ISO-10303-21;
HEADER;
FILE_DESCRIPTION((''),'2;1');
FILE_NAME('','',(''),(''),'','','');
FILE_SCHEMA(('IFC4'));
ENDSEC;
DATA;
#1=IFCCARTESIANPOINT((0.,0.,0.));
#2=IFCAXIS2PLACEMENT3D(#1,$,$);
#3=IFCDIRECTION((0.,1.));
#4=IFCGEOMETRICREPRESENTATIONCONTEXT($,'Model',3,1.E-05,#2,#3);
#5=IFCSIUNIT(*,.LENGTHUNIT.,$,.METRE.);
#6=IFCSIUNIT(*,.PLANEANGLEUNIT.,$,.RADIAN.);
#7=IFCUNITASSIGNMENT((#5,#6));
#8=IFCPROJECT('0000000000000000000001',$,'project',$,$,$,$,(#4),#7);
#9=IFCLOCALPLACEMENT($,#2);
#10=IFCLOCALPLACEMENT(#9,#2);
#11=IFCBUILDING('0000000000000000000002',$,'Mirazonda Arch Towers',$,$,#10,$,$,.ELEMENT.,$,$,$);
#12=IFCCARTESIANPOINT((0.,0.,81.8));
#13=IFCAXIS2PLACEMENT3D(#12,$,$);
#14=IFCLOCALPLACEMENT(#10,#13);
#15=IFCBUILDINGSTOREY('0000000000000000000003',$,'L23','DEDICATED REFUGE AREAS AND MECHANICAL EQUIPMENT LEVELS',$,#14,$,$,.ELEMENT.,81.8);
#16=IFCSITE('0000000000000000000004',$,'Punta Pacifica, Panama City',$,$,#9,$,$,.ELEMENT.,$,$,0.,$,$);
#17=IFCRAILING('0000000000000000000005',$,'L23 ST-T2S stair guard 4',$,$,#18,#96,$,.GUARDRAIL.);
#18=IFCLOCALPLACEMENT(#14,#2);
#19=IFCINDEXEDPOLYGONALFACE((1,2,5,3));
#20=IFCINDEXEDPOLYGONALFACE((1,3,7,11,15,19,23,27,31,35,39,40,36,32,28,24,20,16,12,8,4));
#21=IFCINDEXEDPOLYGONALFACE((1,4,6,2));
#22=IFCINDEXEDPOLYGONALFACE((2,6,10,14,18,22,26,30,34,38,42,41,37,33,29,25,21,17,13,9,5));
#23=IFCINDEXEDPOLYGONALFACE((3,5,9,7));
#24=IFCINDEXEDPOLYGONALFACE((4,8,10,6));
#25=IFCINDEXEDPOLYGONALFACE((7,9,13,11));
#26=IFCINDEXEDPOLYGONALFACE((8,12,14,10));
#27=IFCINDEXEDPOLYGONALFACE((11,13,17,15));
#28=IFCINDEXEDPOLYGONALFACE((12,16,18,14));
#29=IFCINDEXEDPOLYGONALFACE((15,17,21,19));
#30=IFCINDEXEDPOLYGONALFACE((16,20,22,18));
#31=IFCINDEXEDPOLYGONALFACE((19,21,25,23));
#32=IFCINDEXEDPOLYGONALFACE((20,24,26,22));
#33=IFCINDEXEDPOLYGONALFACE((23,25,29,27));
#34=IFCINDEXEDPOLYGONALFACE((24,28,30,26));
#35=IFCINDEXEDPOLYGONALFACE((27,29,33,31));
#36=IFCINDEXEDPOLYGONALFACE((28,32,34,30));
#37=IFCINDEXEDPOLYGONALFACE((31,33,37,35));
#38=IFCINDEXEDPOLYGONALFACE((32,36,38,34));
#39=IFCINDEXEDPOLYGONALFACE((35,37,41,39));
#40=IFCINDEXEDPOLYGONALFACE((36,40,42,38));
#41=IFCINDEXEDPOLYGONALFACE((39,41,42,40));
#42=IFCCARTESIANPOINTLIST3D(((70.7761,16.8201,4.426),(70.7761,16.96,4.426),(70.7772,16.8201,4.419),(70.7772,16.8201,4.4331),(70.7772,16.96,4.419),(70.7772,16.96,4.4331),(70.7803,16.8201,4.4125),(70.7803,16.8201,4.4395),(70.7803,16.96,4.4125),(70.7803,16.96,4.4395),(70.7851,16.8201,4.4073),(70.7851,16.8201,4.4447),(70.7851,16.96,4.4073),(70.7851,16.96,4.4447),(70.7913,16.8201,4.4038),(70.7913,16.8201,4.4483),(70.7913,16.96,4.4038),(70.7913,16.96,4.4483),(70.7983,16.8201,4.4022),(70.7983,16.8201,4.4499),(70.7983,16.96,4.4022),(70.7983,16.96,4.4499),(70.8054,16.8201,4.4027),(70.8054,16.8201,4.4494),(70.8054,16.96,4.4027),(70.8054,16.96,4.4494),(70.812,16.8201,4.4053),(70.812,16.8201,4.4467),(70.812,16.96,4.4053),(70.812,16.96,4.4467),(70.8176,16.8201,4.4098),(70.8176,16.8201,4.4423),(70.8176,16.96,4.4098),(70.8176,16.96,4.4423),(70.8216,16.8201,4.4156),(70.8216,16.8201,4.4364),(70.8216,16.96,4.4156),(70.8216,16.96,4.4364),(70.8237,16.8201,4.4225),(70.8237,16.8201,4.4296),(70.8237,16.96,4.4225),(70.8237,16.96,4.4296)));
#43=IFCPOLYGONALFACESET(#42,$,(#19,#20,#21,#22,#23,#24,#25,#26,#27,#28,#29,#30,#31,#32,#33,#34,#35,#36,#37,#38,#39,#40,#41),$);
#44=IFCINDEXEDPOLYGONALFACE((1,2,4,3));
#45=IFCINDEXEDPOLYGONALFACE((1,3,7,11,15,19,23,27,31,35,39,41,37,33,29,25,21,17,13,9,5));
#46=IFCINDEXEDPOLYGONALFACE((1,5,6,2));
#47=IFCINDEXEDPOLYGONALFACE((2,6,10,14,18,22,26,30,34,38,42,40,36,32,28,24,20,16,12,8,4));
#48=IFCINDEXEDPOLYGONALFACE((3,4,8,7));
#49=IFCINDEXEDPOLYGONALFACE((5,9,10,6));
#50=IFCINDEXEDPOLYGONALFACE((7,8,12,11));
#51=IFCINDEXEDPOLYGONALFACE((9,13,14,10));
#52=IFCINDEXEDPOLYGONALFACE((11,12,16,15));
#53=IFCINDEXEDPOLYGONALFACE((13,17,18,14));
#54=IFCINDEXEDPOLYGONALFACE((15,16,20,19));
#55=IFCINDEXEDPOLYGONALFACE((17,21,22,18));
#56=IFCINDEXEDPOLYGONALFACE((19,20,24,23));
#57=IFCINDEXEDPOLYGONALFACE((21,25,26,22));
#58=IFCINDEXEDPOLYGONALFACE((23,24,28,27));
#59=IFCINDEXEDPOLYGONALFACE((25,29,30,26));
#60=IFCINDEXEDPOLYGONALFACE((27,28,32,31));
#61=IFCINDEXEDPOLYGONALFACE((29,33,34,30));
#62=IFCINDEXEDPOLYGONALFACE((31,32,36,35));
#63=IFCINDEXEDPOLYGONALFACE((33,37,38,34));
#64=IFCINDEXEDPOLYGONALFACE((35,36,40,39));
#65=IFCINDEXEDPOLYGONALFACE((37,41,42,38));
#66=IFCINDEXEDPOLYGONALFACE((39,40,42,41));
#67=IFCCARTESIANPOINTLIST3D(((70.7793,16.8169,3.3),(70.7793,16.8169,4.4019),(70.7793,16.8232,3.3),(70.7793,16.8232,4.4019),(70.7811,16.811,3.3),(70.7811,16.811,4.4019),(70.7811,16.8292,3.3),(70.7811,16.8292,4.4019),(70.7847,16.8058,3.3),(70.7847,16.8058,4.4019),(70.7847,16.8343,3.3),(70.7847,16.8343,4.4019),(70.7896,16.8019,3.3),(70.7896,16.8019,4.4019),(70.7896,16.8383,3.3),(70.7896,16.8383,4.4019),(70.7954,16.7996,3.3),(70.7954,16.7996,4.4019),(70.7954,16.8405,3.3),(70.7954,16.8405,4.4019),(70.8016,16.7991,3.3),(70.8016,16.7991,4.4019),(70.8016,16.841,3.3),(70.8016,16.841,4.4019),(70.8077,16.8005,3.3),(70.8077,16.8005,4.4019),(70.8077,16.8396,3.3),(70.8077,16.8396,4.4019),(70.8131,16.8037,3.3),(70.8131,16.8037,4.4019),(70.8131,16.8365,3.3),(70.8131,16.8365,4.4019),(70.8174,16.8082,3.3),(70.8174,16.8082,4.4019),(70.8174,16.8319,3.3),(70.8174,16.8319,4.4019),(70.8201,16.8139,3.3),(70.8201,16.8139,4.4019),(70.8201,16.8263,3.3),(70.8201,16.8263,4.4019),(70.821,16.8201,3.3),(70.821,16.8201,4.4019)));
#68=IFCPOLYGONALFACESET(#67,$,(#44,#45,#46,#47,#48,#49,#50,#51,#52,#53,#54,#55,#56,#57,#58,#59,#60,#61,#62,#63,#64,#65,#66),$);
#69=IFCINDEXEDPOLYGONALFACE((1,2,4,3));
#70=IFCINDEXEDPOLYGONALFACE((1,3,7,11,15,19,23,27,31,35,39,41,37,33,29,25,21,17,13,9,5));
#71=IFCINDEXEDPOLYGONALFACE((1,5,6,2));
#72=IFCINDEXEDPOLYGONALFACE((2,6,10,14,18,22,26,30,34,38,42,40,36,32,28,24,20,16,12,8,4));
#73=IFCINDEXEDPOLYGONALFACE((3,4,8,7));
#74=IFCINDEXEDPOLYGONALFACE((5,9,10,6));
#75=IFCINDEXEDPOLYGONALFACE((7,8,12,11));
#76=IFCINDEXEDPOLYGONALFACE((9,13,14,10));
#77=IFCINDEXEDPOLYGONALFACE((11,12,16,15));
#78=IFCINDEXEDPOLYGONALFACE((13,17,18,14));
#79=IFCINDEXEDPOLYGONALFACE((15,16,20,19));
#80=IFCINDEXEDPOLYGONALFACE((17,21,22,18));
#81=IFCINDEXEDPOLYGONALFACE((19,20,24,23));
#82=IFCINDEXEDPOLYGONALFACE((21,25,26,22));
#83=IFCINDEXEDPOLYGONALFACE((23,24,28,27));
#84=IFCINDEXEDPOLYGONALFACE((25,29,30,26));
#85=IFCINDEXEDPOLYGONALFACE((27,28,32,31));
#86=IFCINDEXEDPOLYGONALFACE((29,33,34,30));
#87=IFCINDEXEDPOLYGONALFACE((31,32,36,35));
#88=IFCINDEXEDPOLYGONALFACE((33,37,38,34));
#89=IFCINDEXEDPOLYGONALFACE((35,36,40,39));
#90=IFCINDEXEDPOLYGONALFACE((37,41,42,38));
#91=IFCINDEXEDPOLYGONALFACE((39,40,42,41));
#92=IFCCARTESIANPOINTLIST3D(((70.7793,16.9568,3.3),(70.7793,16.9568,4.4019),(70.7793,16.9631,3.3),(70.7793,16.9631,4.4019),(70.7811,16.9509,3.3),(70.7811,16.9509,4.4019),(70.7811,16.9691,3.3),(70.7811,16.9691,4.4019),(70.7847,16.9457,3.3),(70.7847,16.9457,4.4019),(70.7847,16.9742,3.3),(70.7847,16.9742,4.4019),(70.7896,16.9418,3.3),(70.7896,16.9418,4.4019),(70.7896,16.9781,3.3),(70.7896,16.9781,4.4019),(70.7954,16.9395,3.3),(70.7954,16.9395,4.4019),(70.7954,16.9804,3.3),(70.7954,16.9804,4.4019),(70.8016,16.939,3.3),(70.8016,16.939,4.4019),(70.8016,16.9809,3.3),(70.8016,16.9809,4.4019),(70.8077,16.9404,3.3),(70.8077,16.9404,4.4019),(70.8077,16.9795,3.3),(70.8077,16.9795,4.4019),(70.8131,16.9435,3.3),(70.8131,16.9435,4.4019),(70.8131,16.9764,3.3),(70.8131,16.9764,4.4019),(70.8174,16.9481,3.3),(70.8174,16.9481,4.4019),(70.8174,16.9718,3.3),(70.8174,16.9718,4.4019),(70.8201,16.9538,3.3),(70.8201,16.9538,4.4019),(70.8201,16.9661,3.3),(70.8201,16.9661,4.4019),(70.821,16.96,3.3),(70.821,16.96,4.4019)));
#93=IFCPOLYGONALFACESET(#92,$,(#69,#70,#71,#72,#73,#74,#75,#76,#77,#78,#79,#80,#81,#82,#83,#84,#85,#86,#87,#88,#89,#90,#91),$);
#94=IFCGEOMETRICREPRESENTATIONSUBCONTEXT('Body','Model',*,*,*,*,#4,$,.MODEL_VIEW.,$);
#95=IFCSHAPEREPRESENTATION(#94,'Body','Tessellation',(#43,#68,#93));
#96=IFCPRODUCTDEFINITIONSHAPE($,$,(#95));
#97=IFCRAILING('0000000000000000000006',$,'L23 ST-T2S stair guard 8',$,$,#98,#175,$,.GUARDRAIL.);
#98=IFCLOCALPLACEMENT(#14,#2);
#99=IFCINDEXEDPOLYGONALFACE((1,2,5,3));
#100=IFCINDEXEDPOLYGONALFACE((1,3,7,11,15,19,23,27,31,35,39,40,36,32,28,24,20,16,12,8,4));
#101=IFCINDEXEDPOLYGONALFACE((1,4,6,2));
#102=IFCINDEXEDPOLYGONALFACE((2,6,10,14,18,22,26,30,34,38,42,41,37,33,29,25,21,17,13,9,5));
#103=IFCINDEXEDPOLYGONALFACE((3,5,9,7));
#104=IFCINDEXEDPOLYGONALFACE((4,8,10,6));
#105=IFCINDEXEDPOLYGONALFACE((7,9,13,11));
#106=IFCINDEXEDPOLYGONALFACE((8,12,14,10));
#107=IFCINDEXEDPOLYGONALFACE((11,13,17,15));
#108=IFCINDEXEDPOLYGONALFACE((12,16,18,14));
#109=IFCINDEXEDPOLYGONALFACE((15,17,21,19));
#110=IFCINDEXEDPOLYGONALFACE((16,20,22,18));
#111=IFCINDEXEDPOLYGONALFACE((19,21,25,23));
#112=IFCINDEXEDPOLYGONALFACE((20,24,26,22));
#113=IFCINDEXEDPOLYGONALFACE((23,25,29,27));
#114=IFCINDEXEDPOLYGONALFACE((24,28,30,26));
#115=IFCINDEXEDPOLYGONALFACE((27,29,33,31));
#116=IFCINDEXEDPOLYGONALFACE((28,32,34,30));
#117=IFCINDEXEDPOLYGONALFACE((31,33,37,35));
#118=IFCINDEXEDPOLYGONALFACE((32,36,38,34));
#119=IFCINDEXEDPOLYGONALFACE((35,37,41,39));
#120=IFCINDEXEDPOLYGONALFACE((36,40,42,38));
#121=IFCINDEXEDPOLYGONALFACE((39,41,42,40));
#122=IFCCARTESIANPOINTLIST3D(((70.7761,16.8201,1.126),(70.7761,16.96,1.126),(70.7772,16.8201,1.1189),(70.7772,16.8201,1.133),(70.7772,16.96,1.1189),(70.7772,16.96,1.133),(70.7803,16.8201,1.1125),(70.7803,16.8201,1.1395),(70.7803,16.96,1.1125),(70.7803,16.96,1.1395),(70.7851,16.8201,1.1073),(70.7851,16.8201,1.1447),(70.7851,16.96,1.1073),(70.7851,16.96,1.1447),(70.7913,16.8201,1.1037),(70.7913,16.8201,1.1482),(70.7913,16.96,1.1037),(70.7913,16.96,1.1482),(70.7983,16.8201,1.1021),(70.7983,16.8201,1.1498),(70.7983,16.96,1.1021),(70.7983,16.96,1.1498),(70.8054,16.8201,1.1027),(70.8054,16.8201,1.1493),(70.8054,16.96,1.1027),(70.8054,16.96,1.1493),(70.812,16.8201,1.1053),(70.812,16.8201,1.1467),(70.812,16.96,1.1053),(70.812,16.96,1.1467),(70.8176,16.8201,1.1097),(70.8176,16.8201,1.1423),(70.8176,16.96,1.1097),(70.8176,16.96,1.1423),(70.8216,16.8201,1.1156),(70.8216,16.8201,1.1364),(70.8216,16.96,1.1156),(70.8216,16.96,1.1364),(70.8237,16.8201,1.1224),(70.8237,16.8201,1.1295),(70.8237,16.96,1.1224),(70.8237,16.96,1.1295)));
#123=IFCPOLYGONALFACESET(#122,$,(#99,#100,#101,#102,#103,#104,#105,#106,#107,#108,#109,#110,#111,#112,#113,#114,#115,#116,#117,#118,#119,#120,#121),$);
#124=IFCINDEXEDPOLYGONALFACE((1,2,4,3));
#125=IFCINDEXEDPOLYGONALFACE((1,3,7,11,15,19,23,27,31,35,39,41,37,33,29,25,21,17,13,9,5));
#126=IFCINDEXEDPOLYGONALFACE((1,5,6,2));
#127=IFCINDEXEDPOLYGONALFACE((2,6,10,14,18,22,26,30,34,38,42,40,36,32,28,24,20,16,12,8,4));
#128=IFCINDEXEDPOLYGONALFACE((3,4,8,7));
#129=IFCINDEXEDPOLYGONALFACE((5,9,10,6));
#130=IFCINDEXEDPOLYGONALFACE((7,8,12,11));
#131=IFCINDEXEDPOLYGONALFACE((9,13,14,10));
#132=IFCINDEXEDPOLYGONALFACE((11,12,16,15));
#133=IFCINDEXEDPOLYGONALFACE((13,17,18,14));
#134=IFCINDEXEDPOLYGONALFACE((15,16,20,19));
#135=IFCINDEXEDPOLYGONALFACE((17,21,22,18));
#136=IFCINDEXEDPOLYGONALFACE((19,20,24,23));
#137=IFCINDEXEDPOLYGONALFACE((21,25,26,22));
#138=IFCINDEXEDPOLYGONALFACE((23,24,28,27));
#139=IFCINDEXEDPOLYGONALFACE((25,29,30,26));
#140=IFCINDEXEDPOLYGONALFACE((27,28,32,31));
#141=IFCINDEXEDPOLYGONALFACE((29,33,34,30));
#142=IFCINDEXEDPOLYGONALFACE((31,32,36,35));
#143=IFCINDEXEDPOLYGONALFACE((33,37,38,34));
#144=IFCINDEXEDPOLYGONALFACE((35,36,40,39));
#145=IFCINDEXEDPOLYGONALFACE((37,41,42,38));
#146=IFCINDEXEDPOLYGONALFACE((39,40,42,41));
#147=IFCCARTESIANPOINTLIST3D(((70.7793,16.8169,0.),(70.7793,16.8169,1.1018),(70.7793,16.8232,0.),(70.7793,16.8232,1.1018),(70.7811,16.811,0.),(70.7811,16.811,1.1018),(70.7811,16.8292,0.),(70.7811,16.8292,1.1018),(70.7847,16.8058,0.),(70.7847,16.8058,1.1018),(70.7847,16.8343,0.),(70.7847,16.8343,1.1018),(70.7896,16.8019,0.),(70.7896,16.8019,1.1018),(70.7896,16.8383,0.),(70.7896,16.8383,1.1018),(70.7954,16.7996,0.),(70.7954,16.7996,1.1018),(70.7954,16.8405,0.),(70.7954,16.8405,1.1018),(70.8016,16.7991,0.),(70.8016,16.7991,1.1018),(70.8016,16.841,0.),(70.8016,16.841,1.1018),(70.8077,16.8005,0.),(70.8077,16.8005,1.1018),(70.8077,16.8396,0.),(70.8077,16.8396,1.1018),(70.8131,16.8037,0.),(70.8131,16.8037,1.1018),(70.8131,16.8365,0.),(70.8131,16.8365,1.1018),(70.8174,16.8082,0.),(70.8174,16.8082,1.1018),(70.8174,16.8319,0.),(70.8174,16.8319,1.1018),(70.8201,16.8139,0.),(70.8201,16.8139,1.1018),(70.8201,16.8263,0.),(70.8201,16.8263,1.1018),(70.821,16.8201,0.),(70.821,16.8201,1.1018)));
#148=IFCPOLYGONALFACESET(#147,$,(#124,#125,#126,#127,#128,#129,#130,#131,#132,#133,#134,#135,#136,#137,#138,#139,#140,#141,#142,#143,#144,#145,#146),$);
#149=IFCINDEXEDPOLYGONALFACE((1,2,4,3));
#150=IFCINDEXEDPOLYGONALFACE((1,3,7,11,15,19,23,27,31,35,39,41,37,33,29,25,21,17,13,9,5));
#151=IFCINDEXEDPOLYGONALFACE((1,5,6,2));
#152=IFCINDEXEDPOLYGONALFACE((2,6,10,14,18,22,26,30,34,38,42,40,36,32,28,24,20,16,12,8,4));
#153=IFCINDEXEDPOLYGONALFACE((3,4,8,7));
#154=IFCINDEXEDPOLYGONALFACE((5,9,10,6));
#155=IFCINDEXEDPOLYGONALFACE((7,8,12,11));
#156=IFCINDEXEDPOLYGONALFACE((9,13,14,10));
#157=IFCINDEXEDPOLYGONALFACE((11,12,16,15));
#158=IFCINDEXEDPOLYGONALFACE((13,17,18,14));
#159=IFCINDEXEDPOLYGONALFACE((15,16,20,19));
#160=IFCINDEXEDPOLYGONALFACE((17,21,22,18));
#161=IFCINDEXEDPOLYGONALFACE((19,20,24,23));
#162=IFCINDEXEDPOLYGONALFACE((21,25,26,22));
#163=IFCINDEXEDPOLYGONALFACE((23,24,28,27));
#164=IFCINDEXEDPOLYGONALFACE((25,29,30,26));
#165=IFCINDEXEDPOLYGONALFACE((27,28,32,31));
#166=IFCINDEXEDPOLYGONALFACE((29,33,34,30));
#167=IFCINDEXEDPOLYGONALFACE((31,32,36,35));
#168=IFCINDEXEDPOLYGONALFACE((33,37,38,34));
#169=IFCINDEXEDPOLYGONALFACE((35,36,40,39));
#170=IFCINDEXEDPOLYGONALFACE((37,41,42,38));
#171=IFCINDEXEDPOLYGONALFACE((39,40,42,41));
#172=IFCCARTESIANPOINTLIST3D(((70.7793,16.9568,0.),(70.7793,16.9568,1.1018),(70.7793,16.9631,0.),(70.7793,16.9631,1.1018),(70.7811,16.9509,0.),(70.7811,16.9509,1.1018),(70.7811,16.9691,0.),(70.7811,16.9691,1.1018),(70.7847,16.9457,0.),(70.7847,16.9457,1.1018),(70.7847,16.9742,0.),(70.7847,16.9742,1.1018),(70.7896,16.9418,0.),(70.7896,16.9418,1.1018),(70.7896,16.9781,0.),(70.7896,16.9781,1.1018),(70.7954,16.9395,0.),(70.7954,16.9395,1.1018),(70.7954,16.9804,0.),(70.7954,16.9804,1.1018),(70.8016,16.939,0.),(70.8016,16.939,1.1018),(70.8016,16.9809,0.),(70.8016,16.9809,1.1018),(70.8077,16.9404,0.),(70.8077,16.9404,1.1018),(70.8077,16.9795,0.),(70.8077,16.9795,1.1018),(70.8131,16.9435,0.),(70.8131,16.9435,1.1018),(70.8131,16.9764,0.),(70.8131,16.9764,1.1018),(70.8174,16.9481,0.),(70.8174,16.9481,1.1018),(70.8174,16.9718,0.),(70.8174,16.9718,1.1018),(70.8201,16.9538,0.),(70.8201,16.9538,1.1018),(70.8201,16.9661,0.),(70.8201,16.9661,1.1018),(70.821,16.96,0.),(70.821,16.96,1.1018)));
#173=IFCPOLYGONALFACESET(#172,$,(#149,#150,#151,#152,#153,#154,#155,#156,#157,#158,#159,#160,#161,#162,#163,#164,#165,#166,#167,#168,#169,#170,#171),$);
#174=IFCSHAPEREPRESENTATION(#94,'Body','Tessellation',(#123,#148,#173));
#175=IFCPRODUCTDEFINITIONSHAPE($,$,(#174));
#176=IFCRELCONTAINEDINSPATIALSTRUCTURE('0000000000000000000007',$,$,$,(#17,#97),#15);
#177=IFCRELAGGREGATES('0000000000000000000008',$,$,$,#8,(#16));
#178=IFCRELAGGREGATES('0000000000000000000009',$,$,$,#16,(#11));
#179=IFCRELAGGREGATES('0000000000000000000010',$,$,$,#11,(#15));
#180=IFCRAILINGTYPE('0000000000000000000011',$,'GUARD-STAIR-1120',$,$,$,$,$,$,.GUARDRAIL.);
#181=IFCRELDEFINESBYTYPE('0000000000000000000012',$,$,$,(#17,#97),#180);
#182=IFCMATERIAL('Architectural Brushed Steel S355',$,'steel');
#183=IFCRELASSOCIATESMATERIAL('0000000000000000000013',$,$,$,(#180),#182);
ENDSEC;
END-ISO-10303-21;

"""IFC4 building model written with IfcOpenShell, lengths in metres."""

from ifc_helpers import new_model, si_unit, direction, frame, origin, origin_2d, place, context, subcontext, project, spatial, circle, extrude, material, type_object, element, save


model = new_model("IFC4")

# Units and contexts
model_context = context("Model", 3, precision=1e-05, world=origin(), true_north=direction((0.0, 1.0)))
body_context = subcontext(model_context, "Body", "Model", "MODEL_VIEW")
ifc_project = project(units=[si_unit("LENGTHUNIT", "METRE"), si_unit("PLANEANGLEUNIT", "RADIAN")], contexts=[model_context])

# Site, building, storey
site_placement = place(None, origin())
site = spatial("IfcSite", under=ifc_project, at=site_placement, Name="Punta Pacifica, Panama City", CompositionType="ELEMENT", RefElevation=0.0)
building_placement = place(site_placement, origin())
building = spatial("IfcBuilding", under=site, at=building_placement, Name="Mirazonda Arch Towers", CompositionType="ELEMENT")
storey_placement = place(building_placement, frame((0.0, 0.0, 81.8)))
storey = spatial("IfcBuildingStorey", under=building, at=storey_placement, Name="L23", Description="DEDICATED REFUGE AREAS AND MECHANICAL EQUIPMENT LEVELS", CompositionType="ELEMENT", Elevation=81.8)

# Shared definitions
ifc_material_1 = material(Name="Architectural Brushed Steel S355", Category="steel")

# Railings
railing_type_1 = type_object("IfcRailingType", Name="GUARD-STAIR-1120", PredefinedType="GUARDRAIL", material=ifc_material_1)
for number, where, name in (
    (1, (70.8, 16.8201, 3.3), "L23 ST-T2S stair guard 4"),
    (2, (70.8, 16.8201, 0.0), "L23 ST-T2S stair guard 8"),
):
    element("IfcRailing", number, at=place(storey_placement, frame(where)), inside=storey, type_object=railing_type_1, Name=name, PredefinedType="GUARDRAIL", context=body_context, shape_type="SweptSolid", body=[
        extrude(circle(Radius=0.0239, at=origin_2d()), frame((0.0, 0.0, 1.126), z_axis=(0.0, 1.0, 0.0), x_axis=(-1.0, 0.0, 0.0)), (0.0, 0.0, 1.0), 0.1399),
        extrude(circle(Radius=0.021, at=origin_2d()), origin(), (0.0, 0.0, 1.0), 1.1018),
        extrude(circle(Radius=0.021, at=origin_2d()), frame((0.0, 0.1399, 0.0)), (0.0, 0.0, 1.0), 1.1018),
    ])

save(model, "model.ifc")
